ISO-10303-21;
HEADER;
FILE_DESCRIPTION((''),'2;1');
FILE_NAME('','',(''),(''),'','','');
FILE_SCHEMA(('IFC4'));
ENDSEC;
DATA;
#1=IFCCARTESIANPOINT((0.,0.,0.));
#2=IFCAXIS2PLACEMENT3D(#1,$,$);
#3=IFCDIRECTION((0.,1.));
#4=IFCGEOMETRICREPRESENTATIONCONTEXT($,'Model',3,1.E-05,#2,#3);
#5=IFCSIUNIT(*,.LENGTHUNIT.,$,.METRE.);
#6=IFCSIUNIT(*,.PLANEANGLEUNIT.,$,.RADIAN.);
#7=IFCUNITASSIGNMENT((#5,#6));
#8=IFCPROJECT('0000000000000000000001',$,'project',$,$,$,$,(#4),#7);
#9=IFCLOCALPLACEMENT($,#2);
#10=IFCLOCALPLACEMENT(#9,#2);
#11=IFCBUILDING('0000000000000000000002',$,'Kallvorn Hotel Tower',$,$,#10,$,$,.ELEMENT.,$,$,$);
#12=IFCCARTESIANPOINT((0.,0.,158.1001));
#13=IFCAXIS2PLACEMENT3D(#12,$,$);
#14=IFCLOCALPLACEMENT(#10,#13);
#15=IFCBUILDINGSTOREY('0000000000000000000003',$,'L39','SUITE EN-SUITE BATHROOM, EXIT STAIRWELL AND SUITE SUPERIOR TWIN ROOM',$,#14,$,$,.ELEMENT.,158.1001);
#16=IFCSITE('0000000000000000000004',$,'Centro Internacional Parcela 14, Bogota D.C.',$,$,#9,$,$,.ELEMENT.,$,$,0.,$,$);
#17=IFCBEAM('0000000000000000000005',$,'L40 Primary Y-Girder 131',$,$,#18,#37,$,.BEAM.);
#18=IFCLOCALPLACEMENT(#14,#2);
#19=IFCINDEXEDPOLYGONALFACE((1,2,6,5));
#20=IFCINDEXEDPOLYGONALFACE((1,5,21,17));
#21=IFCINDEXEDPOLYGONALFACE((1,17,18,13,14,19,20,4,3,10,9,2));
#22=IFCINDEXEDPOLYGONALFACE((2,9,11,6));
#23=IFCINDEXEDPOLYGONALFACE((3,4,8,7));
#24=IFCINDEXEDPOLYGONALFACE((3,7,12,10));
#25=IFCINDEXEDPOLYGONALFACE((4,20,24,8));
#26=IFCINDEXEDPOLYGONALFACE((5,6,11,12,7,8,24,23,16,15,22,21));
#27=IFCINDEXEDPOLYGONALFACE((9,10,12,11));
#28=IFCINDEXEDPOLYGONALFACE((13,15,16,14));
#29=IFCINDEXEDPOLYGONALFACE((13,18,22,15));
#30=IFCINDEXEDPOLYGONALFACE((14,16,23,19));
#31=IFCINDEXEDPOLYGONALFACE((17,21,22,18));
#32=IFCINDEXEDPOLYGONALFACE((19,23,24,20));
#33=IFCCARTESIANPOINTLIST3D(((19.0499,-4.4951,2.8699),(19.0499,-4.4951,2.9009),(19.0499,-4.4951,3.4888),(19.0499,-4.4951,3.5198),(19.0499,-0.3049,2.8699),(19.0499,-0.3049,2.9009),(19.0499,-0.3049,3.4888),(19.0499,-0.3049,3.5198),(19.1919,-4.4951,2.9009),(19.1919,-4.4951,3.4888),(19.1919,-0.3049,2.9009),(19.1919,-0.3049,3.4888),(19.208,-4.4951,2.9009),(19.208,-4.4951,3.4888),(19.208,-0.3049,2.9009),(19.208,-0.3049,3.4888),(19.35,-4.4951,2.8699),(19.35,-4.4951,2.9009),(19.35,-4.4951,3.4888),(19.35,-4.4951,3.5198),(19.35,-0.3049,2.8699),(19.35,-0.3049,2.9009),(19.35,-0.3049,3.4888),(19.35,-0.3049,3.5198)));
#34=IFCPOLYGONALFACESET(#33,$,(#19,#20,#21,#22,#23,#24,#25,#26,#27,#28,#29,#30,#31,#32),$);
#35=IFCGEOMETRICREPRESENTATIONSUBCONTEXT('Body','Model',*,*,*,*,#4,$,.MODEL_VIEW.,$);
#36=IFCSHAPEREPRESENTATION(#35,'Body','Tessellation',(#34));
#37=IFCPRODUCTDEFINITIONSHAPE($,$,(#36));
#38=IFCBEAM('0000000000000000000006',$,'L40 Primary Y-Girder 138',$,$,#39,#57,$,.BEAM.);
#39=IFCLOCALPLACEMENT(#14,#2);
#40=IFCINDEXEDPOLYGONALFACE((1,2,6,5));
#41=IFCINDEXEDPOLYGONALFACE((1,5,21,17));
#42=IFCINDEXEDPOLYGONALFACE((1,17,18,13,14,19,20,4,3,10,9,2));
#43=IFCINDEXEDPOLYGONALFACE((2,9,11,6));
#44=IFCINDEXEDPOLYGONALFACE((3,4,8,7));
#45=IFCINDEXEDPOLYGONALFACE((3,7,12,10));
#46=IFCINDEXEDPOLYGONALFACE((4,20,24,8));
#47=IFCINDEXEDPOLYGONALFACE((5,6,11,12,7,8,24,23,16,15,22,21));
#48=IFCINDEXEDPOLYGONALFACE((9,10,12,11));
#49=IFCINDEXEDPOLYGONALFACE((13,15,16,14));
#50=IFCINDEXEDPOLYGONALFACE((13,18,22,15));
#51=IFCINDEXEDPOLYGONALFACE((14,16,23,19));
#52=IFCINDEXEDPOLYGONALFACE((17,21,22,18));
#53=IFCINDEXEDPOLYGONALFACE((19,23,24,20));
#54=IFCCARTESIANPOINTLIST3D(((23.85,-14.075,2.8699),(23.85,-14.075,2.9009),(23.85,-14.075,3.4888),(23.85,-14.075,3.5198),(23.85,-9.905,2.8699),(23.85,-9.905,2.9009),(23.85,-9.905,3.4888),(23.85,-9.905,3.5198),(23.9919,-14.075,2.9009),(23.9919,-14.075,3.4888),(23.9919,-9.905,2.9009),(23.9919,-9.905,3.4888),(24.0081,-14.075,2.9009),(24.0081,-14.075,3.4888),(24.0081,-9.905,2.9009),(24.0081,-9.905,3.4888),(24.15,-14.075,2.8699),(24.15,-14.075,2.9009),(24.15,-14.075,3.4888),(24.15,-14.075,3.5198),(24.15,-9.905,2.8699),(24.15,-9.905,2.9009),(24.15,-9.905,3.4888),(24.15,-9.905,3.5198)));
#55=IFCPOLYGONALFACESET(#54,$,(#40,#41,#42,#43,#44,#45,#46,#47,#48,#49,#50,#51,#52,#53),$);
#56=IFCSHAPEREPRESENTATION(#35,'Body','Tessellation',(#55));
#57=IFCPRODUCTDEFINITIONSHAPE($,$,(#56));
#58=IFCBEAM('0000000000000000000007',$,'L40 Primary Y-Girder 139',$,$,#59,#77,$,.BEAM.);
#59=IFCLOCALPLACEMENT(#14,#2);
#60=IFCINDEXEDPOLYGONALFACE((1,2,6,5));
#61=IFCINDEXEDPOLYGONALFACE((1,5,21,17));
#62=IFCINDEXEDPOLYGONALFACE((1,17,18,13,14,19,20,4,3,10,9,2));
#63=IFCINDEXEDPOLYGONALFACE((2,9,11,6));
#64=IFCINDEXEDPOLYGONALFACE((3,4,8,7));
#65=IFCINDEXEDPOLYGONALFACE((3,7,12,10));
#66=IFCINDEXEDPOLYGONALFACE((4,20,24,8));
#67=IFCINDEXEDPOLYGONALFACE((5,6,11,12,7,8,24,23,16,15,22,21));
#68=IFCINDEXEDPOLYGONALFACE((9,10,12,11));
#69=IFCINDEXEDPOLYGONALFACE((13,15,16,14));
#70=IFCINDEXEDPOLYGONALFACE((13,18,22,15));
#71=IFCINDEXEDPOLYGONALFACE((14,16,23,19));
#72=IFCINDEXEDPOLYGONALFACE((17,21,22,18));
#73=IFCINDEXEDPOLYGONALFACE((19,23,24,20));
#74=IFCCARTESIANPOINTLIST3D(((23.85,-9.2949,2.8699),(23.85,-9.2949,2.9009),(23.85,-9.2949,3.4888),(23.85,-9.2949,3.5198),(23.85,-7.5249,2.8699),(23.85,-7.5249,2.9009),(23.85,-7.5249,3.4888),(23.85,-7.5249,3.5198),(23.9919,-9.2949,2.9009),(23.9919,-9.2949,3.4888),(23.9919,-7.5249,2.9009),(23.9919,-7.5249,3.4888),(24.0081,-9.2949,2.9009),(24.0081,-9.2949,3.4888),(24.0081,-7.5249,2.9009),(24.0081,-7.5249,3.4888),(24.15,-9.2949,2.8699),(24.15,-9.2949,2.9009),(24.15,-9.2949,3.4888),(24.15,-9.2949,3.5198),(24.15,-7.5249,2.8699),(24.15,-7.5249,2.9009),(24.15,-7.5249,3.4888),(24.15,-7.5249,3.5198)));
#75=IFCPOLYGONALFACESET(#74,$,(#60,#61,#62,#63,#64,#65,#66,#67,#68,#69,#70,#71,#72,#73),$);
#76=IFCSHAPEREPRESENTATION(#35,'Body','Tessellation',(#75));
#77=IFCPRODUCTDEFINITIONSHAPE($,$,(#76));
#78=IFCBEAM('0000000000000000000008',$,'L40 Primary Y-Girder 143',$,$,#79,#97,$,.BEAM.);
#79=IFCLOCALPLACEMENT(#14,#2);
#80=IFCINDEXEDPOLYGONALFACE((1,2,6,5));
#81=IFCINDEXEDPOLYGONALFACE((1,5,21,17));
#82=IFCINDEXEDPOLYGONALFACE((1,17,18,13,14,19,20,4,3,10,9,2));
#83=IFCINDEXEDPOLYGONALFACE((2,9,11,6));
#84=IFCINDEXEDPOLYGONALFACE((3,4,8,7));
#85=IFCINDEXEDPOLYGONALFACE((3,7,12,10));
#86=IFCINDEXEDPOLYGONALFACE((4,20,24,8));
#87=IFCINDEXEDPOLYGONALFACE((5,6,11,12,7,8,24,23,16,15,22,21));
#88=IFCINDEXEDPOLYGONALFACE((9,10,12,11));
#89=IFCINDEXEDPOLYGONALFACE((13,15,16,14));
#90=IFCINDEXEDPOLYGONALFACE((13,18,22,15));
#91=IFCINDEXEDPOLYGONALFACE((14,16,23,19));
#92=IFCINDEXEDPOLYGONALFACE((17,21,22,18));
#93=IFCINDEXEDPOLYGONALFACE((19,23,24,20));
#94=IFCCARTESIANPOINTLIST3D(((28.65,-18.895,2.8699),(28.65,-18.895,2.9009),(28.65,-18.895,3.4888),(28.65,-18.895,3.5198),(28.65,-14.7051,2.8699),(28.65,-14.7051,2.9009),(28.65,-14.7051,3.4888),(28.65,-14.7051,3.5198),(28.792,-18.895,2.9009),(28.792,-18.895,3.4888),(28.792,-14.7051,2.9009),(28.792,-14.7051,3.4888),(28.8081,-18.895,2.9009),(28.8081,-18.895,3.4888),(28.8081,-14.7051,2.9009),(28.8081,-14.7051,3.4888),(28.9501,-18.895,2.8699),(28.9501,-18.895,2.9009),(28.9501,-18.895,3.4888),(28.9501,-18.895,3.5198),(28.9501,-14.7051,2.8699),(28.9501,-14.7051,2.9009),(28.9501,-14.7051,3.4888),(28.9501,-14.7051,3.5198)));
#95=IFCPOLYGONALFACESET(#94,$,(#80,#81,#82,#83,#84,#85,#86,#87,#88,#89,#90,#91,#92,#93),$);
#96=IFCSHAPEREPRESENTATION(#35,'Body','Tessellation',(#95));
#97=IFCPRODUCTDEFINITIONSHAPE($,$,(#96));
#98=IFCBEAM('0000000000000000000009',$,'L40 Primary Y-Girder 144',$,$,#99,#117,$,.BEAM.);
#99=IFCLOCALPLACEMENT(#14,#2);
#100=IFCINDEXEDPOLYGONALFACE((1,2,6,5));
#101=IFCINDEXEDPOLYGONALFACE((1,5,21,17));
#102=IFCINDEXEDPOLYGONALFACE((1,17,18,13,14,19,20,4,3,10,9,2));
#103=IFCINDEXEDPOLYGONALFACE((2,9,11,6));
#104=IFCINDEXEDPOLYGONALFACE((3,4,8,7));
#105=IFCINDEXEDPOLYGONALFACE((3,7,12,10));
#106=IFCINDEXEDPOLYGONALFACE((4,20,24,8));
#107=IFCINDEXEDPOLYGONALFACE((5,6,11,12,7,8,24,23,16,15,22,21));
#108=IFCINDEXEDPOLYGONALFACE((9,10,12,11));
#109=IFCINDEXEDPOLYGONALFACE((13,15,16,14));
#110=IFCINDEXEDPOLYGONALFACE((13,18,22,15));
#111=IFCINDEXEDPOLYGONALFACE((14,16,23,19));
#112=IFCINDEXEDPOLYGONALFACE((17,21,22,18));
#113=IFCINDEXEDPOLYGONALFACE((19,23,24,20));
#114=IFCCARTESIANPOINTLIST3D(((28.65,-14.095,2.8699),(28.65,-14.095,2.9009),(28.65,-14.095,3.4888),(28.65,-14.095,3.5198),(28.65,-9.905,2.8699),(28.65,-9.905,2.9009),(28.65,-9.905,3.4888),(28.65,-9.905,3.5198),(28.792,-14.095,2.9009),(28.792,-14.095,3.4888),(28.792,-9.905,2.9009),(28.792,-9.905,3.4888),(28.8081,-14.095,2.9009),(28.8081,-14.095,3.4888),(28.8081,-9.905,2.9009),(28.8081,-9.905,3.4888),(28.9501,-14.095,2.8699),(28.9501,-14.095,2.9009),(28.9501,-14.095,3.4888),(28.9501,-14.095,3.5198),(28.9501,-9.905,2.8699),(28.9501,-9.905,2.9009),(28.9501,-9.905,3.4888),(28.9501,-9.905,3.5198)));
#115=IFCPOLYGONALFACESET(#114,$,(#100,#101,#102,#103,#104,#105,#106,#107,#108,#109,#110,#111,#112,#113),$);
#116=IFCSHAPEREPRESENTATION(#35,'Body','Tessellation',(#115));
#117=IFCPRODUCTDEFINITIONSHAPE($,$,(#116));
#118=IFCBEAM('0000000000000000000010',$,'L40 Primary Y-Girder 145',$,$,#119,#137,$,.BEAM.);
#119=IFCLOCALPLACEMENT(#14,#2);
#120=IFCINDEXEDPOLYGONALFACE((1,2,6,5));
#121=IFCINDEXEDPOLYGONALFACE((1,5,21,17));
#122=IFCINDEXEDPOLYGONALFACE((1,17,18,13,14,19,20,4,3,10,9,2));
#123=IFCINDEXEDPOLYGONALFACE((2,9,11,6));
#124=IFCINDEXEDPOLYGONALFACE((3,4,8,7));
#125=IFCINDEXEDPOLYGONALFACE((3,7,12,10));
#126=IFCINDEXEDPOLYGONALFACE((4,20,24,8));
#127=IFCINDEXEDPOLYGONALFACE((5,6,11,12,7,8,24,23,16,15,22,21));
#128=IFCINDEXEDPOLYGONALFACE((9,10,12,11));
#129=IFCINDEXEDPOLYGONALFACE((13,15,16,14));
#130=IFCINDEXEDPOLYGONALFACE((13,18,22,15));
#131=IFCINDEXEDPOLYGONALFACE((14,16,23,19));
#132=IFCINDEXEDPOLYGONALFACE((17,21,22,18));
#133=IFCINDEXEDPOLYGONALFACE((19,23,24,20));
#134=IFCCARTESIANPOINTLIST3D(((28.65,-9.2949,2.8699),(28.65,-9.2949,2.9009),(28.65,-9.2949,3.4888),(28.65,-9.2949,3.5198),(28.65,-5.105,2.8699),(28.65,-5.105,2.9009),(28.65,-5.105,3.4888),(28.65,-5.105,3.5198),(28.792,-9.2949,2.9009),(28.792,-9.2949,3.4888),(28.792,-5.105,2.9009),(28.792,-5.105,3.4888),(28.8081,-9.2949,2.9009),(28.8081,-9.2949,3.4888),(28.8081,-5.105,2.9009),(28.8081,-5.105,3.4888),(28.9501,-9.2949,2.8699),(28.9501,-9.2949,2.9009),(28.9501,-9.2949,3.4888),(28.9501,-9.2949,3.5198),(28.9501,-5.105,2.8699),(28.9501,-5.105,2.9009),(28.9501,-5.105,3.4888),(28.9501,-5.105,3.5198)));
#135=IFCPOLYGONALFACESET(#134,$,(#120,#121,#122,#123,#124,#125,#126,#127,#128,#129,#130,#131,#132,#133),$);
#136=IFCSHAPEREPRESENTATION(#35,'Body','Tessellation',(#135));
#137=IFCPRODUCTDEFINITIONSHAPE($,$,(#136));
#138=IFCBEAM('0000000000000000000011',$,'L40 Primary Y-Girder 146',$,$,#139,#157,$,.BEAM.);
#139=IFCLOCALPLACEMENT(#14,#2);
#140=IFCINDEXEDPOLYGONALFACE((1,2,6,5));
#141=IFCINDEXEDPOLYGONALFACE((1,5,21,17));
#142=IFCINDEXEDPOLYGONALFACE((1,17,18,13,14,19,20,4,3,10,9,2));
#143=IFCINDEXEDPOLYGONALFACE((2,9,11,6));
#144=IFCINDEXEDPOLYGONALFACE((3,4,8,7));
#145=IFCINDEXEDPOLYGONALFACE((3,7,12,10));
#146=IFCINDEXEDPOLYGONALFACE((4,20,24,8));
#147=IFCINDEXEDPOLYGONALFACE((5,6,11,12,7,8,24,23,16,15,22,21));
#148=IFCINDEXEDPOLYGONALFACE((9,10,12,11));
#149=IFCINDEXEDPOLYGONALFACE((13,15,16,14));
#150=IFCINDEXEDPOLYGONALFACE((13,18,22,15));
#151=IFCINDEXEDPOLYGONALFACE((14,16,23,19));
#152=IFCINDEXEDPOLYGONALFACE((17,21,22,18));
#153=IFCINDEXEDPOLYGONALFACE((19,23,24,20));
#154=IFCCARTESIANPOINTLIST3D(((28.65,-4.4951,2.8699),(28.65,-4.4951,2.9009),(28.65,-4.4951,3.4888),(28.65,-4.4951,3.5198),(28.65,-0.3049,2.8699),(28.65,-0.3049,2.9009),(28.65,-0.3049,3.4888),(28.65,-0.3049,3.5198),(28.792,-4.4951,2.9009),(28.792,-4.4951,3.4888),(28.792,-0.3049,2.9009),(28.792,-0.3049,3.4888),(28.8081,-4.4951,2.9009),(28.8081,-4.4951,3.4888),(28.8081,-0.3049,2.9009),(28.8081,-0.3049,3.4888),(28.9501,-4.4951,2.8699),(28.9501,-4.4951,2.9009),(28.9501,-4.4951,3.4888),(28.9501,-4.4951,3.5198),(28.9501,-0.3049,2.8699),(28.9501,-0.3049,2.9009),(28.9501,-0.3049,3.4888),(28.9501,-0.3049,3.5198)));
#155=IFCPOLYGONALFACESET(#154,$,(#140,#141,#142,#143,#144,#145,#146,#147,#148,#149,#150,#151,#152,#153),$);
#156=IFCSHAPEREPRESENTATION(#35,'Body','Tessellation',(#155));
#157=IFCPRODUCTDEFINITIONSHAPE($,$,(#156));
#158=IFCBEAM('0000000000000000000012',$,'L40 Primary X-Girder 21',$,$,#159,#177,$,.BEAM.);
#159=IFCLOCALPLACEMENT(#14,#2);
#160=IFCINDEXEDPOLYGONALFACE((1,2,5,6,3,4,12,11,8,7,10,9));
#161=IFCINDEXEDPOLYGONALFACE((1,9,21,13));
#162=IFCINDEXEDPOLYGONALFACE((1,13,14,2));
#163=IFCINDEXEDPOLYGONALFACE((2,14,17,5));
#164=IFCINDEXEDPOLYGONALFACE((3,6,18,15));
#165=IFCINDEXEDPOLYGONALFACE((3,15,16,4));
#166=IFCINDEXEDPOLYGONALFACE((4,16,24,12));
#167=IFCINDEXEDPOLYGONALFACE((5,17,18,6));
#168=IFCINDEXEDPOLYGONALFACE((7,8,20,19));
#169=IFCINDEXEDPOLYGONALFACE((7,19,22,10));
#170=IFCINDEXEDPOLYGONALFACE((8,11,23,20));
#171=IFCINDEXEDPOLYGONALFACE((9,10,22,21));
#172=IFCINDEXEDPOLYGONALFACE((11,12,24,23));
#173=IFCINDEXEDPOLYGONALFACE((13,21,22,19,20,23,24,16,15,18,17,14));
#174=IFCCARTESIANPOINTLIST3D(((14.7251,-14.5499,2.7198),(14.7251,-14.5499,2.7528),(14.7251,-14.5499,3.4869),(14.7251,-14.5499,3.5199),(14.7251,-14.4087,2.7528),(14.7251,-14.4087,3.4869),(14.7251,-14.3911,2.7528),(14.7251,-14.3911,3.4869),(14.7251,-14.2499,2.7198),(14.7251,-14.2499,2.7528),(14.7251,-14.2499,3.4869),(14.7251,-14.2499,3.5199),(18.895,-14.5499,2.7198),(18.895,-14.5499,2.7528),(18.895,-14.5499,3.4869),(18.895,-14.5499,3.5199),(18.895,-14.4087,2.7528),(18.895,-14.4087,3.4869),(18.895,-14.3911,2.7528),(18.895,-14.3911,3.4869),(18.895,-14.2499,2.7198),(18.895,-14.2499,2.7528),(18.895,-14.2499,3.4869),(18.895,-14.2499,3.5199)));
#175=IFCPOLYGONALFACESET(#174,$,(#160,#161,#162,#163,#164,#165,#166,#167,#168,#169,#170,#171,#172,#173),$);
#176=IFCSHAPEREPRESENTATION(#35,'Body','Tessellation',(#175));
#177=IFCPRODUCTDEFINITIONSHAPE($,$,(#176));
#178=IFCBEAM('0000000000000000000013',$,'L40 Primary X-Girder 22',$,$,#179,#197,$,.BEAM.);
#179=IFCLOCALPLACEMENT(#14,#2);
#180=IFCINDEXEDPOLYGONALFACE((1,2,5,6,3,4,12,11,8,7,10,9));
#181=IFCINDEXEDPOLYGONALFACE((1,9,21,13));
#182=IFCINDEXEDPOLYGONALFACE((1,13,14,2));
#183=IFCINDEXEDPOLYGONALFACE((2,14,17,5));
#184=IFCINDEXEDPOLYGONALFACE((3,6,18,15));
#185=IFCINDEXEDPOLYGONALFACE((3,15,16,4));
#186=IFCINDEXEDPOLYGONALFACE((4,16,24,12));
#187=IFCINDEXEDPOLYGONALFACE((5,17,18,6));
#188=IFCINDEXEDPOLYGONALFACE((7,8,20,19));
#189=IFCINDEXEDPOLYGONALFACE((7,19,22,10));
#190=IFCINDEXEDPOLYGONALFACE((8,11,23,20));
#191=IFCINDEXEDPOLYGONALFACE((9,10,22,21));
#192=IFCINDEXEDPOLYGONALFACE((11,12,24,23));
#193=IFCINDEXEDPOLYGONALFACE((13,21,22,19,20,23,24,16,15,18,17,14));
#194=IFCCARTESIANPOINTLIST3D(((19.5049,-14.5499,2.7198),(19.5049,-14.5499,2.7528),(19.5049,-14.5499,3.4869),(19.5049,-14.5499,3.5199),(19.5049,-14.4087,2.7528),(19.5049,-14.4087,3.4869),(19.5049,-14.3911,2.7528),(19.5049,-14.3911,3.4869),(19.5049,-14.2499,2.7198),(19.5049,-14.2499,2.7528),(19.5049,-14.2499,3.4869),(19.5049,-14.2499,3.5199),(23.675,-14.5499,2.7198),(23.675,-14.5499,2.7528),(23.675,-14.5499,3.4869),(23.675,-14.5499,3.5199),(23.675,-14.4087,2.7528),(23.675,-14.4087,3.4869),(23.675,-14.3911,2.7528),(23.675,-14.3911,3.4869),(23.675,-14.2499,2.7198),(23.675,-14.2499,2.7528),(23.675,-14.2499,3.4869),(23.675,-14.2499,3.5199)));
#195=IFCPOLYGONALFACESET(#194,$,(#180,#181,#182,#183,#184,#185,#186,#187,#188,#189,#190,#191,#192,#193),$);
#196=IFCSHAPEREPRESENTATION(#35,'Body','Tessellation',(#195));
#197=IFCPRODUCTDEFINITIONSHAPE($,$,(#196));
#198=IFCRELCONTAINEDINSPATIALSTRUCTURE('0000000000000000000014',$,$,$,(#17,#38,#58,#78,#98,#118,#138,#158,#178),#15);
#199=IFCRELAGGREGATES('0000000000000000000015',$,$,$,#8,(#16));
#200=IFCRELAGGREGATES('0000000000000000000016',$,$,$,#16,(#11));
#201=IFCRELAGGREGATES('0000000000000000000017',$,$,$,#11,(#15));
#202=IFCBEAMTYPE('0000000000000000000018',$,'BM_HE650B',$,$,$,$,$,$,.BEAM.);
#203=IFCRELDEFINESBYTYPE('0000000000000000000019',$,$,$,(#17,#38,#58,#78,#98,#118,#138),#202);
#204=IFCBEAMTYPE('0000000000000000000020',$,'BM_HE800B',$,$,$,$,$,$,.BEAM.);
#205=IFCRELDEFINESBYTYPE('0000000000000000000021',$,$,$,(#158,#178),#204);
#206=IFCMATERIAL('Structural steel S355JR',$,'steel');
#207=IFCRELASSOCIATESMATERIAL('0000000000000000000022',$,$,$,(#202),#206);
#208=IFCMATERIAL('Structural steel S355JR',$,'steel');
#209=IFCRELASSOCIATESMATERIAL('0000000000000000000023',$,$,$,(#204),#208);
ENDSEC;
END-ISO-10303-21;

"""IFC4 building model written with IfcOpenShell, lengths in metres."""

from ifc_helpers import new_model, si_unit, direction, frame, origin, origin_2d, place, context, subcontext, project, spatial, i_section, extrude, material, material_profile, profile_set, type_object, element, save


model = new_model("IFC4")

# Units and contexts
model_context = context("Model", 3, precision=1e-05, world=origin(), true_north=direction((0.0, 1.0)))
body_context = subcontext(model_context, "Body", "Model", "MODEL_VIEW")
ifc_project = project(units=[si_unit("LENGTHUNIT", "METRE"), si_unit("PLANEANGLEUNIT", "RADIAN")], contexts=[model_context])

# Site, building, storey
site_placement = place(None, origin())
site = spatial("IfcSite", under=ifc_project, at=site_placement, Name="Centro Internacional Parcela 14, Bogota D.C.", CompositionType="ELEMENT", RefElevation=0.0)
building_placement = place(site_placement, origin())
building = spatial("IfcBuilding", under=site, at=building_placement, Name="Kallvorn Hotel Tower", CompositionType="ELEMENT")
storey_placement = place(building_placement, frame((0.0, 0.0, 158.1001)))
storey = spatial("IfcBuildingStorey", under=building, at=storey_placement, Name="L39", Description="SUITE EN-SUITE BATHROOM, EXIT STAIRWELL AND SUITE SUPERIOR TWIN ROOM", CompositionType="ELEMENT", Elevation=158.1001)

# Beams
ifc_material_1 = material(Name="Structural steel S355JR", Category="steel")
ifc_material_profile_1 = material_profile(ifc_material_1, i_section(OverallWidth=0.3, OverallDepth=0.6499, WebThickness=0.0161, FlangeThickness=0.031, at=origin_2d()), Name="HE 650 B")
ifc_profile_set_1 = profile_set([ifc_material_profile_1], Name="Structural steel S355JR")
beam_type_1 = type_object("IfcBeamType", Name="BM_HE650B", PredefinedType="BEAM", material=ifc_profile_set_1)
beam_1_placement = place(storey_placement, frame((19.2, -4.4951, 3.1948), z_axis=(0.0, 1.0, 0.0), x_axis=(-1.0, 0.0, 0.0)))
element("IfcBeam", 1, at=beam_1_placement, inside=storey, type_object=beam_type_1, Name="L40 Primary Y-Girder 131", PredefinedType="BEAM", context=body_context, shape_type="SweptSolid", body=[
    extrude(i_section(OverallWidth=0.3, OverallDepth=0.6499, WebThickness=0.0161, FlangeThickness=0.031, at=origin_2d()), origin(), (0.0, 0.0, 1.0), 4.1902),
])
beam_2_placement = place(storey_placement, frame((24.0, -14.075, 3.1948), z_axis=(0.0, 1.0, 0.0), x_axis=(-1.0, 0.0, 0.0)))
element("IfcBeam", 2, at=beam_2_placement, inside=storey, type_object=beam_type_1, Name="L40 Primary Y-Girder 138", PredefinedType="BEAM", context=body_context, shape_type="SweptSolid", body=[
    extrude(i_section(OverallWidth=0.3, OverallDepth=0.6499, WebThickness=0.0161, FlangeThickness=0.031, at=origin_2d()), origin(), (0.0, 0.0, 1.0), 4.1699),
])
beam_3_placement = place(storey_placement, frame((24.0, -9.2949, 3.1948), z_axis=(0.0, 1.0, 0.0), x_axis=(-1.0, 0.0, 0.0)))
element("IfcBeam", 3, at=beam_3_placement, inside=storey, type_object=beam_type_1, Name="L40 Primary Y-Girder 139", PredefinedType="BEAM", context=body_context, shape_type="SweptSolid", body=[
    extrude(i_section(OverallWidth=0.3, OverallDepth=0.6499, WebThickness=0.0161, FlangeThickness=0.031, at=origin_2d()), origin(), (0.0, 0.0, 1.0), 1.77),
])
for number, where, z_axis, x_axis, name in (
    (4, (28.8, -18.895, 3.1948), (0.0, 1.0, 0.0), (-1.0, 0.0, 0.0), "L40 Primary Y-Girder 143"),
    (5, (28.8, -14.095, 3.1948), (0.0, 1.0, 0.0), (-1.0, 0.0, 0.0), "L40 Primary Y-Girder 144"),
    (6, (28.8, -9.2949, 3.1948), (0.0, 1.0, 0.0), (-1.0, 0.0, 0.0), "L40 Primary Y-Girder 145"),
):
    element("IfcBeam", number, at=place(storey_placement, frame(where, z_axis=z_axis, x_axis=x_axis)), inside=storey, type_object=beam_type_1, Name=name, PredefinedType="BEAM", context=body_context, shape_type="SweptSolid", body=[
        extrude(i_section(OverallWidth=0.3, OverallDepth=0.6499, WebThickness=0.0161, FlangeThickness=0.031, at=origin_2d()), origin(), (0.0, 0.0, 1.0), 4.1899),
    ])
beam_4_placement = place(storey_placement, frame((28.8, -4.4951, 3.1948), z_axis=(0.0, 1.0, 0.0), x_axis=(-1.0, 0.0, 0.0)))
element("IfcBeam", 7, at=beam_4_placement, inside=storey, type_object=beam_type_1, Name="L40 Primary Y-Girder 146", PredefinedType="BEAM", context=body_context, shape_type="SweptSolid", body=[
    extrude(i_section(OverallWidth=0.3, OverallDepth=0.6499, WebThickness=0.0161, FlangeThickness=0.031, at=origin_2d()), origin(), (0.0, 0.0, 1.0), 4.1902),
])
ifc_material_2 = material(Name="Structural steel S355JR", Category="steel")
ifc_material_profile_2 = material_profile(ifc_material_2, i_section(OverallWidth=0.3, OverallDepth=0.8, WebThickness=0.0176, FlangeThickness=0.033, at=origin_2d()), Name="HE 800 B")
ifc_profile_set_2 = profile_set([ifc_material_profile_2], Name="Structural steel S355JR")
beam_type_2 = type_object("IfcBeamType", Name="BM_HE800B", PredefinedType="BEAM", material=ifc_profile_set_2)
beam_5_placement = place(storey_placement, frame((14.7251, -14.3999, 3.1199), z_axis=(1.0, 0.0, 0.0), x_axis=(0.0, 1.0, 0.0)))
element("IfcBeam", 8, at=beam_5_placement, inside=storey, type_object=beam_type_2, Name="L40 Primary X-Girder 21", PredefinedType="BEAM", context=body_context, shape_type="SweptSolid", body=[
    extrude(i_section(OverallWidth=0.3, OverallDepth=0.8, WebThickness=0.0176, FlangeThickness=0.033, at=origin_2d()), origin(), (0.0, 0.0, 1.0), 4.1699),
])
for number, where, z_axis, x_axis, name in (
    (9, (19.5049, -14.3999, 3.1199), (1.0, 0.0, 0.0), (0.0, 1.0, 0.0), "L40 Primary X-Girder 22"),
):
    element("IfcBeam", number, at=place(storey_placement, frame(where, z_axis=z_axis, x_axis=x_axis)), inside=storey, type_object=beam_type_2, Name=name, PredefinedType="BEAM", context=body_context, shape_type="SweptSolid", body=[
        extrude(i_section(OverallWidth=0.3, OverallDepth=0.8, WebThickness=0.0176, FlangeThickness=0.033, at=origin_2d()), origin(), (0.0, 0.0, 1.0), 4.1702),
    ])

save(model, "model.ifc")
